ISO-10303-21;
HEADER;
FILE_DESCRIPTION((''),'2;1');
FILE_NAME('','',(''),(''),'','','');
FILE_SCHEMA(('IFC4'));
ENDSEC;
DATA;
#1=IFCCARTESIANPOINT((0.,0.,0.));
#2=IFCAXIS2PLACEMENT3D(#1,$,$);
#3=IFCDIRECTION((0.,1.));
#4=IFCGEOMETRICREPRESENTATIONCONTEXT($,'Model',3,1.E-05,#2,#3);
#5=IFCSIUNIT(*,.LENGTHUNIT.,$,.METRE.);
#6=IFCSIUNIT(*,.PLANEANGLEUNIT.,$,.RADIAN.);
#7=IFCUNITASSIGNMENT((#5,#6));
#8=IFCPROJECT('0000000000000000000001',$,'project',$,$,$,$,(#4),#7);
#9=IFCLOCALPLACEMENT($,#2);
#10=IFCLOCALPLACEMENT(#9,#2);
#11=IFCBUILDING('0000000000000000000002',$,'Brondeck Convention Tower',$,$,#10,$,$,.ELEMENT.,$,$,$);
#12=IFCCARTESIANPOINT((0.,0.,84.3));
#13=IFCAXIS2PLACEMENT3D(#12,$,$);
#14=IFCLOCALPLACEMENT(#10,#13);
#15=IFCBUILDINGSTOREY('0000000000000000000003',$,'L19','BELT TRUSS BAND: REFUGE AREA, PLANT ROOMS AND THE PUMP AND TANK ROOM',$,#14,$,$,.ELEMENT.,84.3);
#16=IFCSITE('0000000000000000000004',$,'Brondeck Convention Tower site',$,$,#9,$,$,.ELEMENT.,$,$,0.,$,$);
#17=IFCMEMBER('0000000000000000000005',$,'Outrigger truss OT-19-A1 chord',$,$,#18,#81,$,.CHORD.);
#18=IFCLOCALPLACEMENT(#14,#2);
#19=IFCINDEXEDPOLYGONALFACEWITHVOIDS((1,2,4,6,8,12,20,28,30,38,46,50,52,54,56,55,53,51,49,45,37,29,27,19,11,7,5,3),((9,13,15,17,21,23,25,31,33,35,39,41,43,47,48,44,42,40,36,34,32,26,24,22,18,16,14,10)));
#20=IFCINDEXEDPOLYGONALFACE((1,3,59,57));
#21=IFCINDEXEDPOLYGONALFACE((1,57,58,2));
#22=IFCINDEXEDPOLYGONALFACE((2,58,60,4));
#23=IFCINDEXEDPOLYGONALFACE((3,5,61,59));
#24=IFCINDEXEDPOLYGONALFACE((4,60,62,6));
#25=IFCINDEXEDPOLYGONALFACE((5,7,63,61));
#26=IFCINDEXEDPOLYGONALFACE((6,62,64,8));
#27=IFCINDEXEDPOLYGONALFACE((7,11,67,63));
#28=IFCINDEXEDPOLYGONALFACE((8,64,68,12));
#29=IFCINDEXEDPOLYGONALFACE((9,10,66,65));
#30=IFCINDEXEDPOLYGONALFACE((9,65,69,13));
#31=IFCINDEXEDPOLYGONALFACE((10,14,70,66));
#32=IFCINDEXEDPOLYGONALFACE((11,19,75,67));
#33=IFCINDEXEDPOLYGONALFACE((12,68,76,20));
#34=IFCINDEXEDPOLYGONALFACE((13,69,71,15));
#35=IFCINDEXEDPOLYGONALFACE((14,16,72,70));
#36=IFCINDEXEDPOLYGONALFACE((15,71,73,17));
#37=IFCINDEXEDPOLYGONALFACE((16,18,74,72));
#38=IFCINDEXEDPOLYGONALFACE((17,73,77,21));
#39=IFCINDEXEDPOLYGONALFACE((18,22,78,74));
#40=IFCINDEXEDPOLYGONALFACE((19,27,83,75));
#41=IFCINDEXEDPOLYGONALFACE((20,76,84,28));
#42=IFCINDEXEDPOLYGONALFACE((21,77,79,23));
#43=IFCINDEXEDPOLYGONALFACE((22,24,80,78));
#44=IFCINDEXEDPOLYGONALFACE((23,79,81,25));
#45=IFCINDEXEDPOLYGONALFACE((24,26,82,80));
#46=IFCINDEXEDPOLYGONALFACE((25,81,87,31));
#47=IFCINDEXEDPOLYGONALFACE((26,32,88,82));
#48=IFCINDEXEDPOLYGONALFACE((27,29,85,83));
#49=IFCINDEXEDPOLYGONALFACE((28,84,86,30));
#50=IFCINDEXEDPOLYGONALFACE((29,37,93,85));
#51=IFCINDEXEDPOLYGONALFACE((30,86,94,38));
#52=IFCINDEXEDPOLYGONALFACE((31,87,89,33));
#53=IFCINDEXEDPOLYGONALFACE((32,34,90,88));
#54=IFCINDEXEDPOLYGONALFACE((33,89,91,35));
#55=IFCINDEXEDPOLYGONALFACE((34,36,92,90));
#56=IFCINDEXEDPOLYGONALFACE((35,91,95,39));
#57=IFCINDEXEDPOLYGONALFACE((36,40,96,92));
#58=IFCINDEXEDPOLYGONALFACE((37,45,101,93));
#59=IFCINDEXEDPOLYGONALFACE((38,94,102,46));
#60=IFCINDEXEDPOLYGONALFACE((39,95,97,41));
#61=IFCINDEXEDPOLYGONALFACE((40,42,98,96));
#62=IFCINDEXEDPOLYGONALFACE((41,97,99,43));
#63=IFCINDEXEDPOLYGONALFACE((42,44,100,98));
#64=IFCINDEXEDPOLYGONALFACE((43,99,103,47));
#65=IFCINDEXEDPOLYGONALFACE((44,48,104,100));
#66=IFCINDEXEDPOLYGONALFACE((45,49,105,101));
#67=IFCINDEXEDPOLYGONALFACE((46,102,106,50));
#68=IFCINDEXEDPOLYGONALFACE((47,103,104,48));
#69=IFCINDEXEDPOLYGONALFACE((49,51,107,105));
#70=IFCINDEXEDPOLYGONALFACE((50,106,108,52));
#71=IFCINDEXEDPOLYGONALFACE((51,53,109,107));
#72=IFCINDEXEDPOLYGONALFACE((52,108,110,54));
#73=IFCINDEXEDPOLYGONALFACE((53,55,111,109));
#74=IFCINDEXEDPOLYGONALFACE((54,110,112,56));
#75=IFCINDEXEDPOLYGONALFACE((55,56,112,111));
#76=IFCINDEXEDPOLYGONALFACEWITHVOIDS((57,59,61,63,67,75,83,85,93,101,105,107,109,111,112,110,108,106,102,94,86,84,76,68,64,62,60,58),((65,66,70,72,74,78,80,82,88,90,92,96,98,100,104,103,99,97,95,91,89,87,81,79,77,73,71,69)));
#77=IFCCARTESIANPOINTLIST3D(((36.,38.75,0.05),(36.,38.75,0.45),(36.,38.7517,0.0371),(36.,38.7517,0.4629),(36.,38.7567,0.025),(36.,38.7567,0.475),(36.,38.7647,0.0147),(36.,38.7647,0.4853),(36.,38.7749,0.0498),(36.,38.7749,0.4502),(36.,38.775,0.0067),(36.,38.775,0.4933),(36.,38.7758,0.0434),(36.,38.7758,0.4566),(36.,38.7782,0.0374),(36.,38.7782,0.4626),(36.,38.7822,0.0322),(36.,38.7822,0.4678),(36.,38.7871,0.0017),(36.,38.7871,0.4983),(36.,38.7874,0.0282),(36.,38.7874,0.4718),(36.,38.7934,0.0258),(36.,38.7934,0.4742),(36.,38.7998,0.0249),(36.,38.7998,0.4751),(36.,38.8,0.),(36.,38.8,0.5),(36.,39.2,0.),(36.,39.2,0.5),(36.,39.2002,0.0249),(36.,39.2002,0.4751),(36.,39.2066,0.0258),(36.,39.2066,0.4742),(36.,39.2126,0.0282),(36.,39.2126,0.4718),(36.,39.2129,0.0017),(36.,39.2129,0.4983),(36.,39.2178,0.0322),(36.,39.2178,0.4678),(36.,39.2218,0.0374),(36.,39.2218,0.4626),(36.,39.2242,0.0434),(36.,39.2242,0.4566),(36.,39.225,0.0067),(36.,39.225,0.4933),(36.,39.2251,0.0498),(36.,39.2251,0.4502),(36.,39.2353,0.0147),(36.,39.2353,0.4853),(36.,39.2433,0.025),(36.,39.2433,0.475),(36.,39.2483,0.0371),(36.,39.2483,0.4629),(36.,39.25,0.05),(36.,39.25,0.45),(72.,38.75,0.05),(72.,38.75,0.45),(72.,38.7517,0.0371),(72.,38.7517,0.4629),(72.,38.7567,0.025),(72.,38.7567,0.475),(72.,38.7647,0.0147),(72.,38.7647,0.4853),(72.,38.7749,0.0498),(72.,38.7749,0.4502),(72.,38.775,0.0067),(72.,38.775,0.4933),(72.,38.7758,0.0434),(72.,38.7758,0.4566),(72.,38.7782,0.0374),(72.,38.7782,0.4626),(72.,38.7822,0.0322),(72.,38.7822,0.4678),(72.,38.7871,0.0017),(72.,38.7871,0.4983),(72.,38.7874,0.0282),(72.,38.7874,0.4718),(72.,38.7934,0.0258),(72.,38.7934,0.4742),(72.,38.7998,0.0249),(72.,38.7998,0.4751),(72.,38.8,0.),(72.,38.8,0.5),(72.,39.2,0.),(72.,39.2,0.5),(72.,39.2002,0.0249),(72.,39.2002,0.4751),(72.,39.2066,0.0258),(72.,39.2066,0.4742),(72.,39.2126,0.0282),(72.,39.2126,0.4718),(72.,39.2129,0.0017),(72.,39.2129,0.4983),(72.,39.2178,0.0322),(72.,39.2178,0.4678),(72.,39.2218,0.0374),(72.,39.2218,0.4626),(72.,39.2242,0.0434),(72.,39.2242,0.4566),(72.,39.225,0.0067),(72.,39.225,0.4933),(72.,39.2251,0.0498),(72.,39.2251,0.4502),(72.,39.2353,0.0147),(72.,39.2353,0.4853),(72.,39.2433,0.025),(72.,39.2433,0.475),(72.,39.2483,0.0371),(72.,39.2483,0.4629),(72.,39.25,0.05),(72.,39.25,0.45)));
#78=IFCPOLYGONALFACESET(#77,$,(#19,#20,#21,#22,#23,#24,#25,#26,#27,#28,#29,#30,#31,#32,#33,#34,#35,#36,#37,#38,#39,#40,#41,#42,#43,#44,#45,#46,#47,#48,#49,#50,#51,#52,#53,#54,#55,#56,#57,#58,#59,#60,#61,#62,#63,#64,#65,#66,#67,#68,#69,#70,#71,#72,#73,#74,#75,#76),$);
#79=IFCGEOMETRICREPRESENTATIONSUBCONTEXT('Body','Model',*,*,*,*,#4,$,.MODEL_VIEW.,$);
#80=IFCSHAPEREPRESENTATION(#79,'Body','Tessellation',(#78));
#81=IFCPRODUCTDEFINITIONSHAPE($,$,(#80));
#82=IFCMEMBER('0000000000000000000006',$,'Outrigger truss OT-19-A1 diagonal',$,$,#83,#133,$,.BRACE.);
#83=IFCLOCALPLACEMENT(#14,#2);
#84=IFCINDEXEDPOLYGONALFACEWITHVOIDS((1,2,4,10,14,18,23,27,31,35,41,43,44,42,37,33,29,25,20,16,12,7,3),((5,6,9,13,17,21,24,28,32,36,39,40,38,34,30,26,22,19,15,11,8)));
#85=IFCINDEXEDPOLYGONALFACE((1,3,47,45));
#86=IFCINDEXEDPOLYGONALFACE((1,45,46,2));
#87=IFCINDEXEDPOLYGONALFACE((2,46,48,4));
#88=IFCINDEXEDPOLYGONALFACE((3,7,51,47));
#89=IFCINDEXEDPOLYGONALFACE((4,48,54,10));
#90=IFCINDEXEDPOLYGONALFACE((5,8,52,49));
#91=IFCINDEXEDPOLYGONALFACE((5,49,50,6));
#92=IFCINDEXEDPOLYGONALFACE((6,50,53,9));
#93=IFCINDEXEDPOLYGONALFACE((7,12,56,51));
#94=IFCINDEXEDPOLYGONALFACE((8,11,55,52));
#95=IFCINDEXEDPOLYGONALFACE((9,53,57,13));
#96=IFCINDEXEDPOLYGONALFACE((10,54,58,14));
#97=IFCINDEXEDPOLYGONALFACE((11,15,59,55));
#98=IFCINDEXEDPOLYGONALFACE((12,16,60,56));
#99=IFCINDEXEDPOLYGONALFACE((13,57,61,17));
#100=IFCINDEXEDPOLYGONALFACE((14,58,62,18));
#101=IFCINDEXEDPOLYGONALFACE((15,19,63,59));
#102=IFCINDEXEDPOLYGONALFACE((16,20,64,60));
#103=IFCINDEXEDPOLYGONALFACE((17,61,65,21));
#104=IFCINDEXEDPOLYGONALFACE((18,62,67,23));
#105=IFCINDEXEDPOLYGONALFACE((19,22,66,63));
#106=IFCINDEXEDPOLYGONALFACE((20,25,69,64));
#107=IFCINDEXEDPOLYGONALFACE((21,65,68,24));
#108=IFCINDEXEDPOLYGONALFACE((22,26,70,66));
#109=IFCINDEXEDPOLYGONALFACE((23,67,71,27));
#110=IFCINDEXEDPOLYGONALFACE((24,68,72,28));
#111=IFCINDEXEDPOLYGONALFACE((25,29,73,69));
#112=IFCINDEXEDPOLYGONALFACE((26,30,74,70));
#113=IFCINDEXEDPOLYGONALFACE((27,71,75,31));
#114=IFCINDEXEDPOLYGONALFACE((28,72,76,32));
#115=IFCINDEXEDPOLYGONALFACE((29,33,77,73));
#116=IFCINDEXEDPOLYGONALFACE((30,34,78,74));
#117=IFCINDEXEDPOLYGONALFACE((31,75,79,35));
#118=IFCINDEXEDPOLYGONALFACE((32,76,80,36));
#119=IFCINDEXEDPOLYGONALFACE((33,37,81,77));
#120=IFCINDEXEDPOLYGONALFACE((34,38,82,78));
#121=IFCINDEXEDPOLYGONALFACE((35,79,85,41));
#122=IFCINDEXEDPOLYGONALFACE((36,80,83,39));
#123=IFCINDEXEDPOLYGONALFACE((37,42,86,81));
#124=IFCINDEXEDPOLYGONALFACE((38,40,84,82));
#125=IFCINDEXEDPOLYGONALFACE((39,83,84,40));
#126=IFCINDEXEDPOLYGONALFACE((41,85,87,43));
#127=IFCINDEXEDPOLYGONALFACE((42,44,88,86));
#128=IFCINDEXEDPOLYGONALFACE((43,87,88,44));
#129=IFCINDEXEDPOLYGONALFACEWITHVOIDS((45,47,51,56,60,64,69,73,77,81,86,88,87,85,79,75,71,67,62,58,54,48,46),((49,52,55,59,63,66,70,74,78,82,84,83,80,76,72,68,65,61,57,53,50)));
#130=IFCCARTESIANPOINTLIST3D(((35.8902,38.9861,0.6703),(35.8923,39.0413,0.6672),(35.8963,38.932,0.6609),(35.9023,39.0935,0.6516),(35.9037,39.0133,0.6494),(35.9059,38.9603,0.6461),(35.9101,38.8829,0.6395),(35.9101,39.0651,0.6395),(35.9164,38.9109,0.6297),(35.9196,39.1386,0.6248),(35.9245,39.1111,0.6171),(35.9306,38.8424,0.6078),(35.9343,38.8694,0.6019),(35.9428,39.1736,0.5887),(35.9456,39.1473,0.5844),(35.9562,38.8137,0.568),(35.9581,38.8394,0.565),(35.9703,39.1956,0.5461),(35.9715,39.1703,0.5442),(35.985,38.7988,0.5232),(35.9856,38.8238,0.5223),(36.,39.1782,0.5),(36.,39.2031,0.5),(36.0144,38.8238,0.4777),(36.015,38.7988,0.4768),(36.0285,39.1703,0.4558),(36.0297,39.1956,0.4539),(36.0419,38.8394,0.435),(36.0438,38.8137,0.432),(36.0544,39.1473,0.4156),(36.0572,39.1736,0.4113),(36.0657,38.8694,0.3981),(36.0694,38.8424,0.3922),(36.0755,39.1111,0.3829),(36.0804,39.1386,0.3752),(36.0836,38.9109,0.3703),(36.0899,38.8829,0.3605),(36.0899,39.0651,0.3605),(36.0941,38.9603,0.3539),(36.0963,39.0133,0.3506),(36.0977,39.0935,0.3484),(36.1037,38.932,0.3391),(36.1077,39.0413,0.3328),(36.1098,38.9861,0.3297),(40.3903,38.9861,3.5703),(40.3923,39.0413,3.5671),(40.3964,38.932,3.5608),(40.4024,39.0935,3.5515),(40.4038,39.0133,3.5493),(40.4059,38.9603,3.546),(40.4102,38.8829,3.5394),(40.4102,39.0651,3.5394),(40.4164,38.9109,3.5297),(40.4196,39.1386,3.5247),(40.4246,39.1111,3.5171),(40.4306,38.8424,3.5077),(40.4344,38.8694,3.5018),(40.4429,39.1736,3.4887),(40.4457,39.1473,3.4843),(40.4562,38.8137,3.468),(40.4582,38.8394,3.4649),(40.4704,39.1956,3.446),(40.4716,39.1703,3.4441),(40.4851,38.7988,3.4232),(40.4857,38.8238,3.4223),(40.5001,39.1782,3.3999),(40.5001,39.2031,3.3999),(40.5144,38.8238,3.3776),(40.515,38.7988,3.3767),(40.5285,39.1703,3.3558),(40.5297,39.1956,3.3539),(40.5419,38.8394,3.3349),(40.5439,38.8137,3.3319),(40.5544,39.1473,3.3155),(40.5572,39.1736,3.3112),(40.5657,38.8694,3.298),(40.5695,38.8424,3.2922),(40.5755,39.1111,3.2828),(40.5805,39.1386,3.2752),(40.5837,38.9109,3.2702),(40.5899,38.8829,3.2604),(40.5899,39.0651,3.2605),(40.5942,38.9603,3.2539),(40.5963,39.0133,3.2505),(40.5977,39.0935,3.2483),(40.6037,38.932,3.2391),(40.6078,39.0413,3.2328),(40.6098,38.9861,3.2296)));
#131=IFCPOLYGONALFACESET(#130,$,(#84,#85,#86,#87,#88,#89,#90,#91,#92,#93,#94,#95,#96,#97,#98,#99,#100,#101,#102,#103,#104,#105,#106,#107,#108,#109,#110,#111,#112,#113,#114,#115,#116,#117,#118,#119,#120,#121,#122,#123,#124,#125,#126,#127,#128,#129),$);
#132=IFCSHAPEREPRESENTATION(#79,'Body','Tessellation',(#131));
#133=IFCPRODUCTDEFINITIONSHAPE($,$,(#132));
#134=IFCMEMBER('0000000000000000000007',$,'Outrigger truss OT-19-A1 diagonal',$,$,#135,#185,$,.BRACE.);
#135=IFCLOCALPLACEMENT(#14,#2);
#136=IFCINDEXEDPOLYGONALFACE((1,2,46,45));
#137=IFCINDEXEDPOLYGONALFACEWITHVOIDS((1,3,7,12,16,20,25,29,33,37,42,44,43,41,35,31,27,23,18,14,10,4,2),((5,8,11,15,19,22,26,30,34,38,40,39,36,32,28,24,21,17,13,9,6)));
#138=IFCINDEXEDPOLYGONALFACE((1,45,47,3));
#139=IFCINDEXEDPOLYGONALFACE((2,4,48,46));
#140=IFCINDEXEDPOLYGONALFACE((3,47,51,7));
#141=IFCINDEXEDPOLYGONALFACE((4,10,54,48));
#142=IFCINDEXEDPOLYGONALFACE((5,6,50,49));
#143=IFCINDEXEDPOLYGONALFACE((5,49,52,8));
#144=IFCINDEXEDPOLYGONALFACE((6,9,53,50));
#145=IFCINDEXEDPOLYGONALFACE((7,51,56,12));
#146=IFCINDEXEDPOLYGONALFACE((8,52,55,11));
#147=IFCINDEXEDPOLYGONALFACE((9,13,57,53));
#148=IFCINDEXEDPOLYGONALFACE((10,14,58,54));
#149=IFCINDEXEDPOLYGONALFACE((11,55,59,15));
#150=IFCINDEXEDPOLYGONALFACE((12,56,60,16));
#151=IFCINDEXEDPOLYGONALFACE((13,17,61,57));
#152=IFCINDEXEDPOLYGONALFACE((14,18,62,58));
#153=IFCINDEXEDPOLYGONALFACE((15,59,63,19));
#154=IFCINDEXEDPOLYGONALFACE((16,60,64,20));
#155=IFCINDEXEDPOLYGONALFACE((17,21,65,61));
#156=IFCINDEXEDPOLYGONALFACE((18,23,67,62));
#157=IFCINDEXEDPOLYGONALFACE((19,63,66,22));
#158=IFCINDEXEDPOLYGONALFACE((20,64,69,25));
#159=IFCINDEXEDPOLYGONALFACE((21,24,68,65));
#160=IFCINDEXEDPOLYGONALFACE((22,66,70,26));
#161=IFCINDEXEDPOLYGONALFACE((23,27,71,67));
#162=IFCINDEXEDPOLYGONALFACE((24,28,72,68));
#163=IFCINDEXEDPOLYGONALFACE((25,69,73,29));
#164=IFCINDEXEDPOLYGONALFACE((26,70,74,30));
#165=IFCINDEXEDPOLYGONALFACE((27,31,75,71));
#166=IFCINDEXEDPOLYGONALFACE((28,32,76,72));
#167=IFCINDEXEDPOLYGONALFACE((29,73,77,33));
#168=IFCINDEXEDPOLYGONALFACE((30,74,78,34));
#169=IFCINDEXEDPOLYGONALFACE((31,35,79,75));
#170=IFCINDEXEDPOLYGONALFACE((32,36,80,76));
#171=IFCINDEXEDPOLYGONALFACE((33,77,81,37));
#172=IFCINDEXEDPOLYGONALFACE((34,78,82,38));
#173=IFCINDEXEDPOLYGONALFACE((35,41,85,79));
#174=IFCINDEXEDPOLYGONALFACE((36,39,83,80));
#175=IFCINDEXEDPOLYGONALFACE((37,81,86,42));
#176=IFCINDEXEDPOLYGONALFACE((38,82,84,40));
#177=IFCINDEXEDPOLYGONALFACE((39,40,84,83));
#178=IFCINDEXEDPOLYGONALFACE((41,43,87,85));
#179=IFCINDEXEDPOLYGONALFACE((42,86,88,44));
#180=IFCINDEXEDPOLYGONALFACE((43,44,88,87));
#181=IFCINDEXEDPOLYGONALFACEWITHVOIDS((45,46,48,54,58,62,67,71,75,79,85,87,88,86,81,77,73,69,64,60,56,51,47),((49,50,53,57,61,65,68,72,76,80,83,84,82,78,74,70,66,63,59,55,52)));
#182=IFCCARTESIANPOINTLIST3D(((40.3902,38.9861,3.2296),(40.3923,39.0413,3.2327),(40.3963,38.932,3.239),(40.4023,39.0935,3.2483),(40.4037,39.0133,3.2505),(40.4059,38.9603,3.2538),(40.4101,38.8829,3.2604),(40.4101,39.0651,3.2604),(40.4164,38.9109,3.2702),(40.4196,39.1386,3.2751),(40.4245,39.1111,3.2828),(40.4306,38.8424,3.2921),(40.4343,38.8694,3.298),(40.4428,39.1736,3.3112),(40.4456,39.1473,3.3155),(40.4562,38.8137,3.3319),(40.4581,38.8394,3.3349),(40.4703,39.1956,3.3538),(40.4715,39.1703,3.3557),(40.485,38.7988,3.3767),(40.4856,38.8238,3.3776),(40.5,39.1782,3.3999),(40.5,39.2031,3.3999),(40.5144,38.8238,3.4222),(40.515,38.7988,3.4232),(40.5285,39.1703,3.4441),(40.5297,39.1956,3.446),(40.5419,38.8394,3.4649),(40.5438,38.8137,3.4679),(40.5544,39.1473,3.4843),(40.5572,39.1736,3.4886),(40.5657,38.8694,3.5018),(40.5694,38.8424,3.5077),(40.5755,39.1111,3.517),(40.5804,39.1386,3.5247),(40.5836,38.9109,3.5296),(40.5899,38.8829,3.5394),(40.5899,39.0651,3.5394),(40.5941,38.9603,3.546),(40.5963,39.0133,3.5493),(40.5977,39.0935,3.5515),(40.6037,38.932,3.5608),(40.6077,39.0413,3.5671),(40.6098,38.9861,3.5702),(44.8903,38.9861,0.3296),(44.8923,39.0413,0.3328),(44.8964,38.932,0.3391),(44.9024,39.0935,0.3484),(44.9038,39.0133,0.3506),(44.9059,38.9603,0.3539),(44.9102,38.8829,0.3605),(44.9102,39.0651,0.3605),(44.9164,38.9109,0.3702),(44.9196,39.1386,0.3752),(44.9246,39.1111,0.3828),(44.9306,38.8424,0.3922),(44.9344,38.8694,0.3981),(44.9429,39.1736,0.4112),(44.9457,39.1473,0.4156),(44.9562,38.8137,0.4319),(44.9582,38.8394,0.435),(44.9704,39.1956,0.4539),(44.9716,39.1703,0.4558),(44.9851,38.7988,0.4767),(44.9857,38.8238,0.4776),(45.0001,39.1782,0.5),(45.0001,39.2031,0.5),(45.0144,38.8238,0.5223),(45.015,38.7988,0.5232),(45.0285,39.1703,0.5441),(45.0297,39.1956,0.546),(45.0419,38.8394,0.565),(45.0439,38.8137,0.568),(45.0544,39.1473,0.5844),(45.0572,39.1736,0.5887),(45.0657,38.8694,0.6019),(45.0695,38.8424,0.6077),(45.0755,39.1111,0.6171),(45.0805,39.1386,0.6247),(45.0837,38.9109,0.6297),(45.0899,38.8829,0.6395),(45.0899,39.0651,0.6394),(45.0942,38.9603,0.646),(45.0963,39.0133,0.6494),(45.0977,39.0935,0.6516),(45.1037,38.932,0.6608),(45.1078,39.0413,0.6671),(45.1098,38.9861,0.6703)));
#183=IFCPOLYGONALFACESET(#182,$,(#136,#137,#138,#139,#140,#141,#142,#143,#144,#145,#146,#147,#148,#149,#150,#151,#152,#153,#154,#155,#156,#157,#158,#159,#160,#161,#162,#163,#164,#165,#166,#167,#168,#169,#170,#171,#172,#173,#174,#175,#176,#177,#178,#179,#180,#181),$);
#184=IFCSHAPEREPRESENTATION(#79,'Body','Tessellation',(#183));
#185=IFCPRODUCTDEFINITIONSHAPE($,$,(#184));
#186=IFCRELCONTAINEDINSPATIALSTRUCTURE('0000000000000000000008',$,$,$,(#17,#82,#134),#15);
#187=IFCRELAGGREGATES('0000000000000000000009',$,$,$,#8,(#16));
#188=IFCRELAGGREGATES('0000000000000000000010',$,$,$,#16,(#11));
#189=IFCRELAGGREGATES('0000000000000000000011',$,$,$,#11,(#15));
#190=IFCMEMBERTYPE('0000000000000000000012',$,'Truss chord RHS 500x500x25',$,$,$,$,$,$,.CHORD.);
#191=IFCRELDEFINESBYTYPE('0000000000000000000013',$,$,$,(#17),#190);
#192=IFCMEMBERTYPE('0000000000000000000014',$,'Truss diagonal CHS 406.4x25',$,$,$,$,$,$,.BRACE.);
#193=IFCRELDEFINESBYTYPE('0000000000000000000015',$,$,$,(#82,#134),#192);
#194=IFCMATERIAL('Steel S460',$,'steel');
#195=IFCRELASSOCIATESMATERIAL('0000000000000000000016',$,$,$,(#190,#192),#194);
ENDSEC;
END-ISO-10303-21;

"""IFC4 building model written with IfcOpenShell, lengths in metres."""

from ifc_helpers import new_model, si_unit, direction, frame, origin, origin_2d, place, context, subcontext, project, spatial, hollow_rectangle, hollow_circle, extrude, material, material_profile, profile_set, type_object, element, save


model = new_model("IFC4")

# Units and contexts
model_context = context("Model", 3, precision=1e-05, world=origin(), true_north=direction((0.0, 1.0)))
body_context = subcontext(model_context, "Body", "Model", "MODEL_VIEW")
ifc_project = project(units=[si_unit("LENGTHUNIT", "METRE"), si_unit("PLANEANGLEUNIT", "RADIAN")], contexts=[model_context])

# Site, building, storey
site_placement = place(None, origin())
site = spatial("IfcSite", under=ifc_project, at=site_placement, Name="Brondeck Convention Tower site", CompositionType="ELEMENT", RefElevation=0.0)
building_placement = place(site_placement, origin())
building = spatial("IfcBuilding", under=site, at=building_placement, Name="Brondeck Convention Tower", CompositionType="ELEMENT")
storey_placement = place(building_placement, frame((0.0, 0.0, 84.3)))
storey = spatial("IfcBuildingStorey", under=building, at=storey_placement, Name="L19", Description="BELT TRUSS BAND: REFUGE AREA, PLANT ROOMS AND THE PUMP AND TANK ROOM", CompositionType="ELEMENT", Elevation=84.3)

# Shared definitions
ifc_material_1 = material(Name="Steel S460", Category="steel")

# Members
ifc_material_profile_1 = material_profile(ifc_material_1, hollow_rectangle(XDim=0.5, YDim=0.5, WallThickness=0.0249, InnerFilletRadius=0.0249, OuterFilletRadius=0.05, at=origin_2d()), Name="RHS 500x500x25")
ifc_profile_set_1 = profile_set([ifc_material_profile_1], Name="Steel S460")
member_type_1 = type_object("IfcMemberType", Name="Truss chord RHS 500x500x25", PredefinedType="CHORD", material=ifc_profile_set_1)
member_1_placement = place(storey_placement, frame((36.0, 39.0, 0.25), z_axis=(1.0, 0.0, 0.0), x_axis=(0.0, 1.0, 0.0)))
element("IfcMember", 1, at=member_1_placement, inside=storey, type_object=member_type_1, Name="Outrigger truss OT-19-A1 chord", PredefinedType="CHORD", context=body_context, shape_type="SweptSolid", body=[
    extrude(hollow_rectangle(XDim=0.5, YDim=0.5, WallThickness=0.0249, InnerFilletRadius=0.0249, OuterFilletRadius=0.05, at=origin_2d()), origin(), (0.0, 0.0, 1.0), 36.0),
])
ifc_material_profile_2 = material_profile(ifc_material_1, hollow_circle(Radius=0.2031, WallThickness=0.0249, at=origin_2d()), Name="CHS 406.4x25")
ifc_profile_set_2 = profile_set([ifc_material_profile_2], Name="Steel S460")
member_type_2 = type_object("IfcMemberType", Name="Truss diagonal CHS 406.4x25", PredefinedType="BRACE", material=ifc_profile_set_2)
for number, where, z_axis, x_axis, name in (
    (2, (36.0, 39.0, 0.5), (0.840579, 0.0, 0.541688), (0.0, 1.0, 0.0), "Outrigger truss OT-19-A1 diagonal"),
    (3, (40.5, 39.0, 3.3999), (0.840579, 0.0, -0.541688), (0.0, 1.0, 0.0), "Outrigger truss OT-19-A1 diagonal"),
):
    element("IfcMember", number, at=place(storey_placement, frame(where, z_axis=z_axis, x_axis=x_axis)), inside=storey, type_object=member_type_2, Name=name, PredefinedType="BRACE", context=body_context, shape_type="SweptSolid", body=[
        extrude(hollow_circle(Radius=0.2031, WallThickness=0.0249, at=origin_2d()), origin(), (0.0, 0.0, 1.0), 5.3535),
    ])

save(model, "model.ifc")
